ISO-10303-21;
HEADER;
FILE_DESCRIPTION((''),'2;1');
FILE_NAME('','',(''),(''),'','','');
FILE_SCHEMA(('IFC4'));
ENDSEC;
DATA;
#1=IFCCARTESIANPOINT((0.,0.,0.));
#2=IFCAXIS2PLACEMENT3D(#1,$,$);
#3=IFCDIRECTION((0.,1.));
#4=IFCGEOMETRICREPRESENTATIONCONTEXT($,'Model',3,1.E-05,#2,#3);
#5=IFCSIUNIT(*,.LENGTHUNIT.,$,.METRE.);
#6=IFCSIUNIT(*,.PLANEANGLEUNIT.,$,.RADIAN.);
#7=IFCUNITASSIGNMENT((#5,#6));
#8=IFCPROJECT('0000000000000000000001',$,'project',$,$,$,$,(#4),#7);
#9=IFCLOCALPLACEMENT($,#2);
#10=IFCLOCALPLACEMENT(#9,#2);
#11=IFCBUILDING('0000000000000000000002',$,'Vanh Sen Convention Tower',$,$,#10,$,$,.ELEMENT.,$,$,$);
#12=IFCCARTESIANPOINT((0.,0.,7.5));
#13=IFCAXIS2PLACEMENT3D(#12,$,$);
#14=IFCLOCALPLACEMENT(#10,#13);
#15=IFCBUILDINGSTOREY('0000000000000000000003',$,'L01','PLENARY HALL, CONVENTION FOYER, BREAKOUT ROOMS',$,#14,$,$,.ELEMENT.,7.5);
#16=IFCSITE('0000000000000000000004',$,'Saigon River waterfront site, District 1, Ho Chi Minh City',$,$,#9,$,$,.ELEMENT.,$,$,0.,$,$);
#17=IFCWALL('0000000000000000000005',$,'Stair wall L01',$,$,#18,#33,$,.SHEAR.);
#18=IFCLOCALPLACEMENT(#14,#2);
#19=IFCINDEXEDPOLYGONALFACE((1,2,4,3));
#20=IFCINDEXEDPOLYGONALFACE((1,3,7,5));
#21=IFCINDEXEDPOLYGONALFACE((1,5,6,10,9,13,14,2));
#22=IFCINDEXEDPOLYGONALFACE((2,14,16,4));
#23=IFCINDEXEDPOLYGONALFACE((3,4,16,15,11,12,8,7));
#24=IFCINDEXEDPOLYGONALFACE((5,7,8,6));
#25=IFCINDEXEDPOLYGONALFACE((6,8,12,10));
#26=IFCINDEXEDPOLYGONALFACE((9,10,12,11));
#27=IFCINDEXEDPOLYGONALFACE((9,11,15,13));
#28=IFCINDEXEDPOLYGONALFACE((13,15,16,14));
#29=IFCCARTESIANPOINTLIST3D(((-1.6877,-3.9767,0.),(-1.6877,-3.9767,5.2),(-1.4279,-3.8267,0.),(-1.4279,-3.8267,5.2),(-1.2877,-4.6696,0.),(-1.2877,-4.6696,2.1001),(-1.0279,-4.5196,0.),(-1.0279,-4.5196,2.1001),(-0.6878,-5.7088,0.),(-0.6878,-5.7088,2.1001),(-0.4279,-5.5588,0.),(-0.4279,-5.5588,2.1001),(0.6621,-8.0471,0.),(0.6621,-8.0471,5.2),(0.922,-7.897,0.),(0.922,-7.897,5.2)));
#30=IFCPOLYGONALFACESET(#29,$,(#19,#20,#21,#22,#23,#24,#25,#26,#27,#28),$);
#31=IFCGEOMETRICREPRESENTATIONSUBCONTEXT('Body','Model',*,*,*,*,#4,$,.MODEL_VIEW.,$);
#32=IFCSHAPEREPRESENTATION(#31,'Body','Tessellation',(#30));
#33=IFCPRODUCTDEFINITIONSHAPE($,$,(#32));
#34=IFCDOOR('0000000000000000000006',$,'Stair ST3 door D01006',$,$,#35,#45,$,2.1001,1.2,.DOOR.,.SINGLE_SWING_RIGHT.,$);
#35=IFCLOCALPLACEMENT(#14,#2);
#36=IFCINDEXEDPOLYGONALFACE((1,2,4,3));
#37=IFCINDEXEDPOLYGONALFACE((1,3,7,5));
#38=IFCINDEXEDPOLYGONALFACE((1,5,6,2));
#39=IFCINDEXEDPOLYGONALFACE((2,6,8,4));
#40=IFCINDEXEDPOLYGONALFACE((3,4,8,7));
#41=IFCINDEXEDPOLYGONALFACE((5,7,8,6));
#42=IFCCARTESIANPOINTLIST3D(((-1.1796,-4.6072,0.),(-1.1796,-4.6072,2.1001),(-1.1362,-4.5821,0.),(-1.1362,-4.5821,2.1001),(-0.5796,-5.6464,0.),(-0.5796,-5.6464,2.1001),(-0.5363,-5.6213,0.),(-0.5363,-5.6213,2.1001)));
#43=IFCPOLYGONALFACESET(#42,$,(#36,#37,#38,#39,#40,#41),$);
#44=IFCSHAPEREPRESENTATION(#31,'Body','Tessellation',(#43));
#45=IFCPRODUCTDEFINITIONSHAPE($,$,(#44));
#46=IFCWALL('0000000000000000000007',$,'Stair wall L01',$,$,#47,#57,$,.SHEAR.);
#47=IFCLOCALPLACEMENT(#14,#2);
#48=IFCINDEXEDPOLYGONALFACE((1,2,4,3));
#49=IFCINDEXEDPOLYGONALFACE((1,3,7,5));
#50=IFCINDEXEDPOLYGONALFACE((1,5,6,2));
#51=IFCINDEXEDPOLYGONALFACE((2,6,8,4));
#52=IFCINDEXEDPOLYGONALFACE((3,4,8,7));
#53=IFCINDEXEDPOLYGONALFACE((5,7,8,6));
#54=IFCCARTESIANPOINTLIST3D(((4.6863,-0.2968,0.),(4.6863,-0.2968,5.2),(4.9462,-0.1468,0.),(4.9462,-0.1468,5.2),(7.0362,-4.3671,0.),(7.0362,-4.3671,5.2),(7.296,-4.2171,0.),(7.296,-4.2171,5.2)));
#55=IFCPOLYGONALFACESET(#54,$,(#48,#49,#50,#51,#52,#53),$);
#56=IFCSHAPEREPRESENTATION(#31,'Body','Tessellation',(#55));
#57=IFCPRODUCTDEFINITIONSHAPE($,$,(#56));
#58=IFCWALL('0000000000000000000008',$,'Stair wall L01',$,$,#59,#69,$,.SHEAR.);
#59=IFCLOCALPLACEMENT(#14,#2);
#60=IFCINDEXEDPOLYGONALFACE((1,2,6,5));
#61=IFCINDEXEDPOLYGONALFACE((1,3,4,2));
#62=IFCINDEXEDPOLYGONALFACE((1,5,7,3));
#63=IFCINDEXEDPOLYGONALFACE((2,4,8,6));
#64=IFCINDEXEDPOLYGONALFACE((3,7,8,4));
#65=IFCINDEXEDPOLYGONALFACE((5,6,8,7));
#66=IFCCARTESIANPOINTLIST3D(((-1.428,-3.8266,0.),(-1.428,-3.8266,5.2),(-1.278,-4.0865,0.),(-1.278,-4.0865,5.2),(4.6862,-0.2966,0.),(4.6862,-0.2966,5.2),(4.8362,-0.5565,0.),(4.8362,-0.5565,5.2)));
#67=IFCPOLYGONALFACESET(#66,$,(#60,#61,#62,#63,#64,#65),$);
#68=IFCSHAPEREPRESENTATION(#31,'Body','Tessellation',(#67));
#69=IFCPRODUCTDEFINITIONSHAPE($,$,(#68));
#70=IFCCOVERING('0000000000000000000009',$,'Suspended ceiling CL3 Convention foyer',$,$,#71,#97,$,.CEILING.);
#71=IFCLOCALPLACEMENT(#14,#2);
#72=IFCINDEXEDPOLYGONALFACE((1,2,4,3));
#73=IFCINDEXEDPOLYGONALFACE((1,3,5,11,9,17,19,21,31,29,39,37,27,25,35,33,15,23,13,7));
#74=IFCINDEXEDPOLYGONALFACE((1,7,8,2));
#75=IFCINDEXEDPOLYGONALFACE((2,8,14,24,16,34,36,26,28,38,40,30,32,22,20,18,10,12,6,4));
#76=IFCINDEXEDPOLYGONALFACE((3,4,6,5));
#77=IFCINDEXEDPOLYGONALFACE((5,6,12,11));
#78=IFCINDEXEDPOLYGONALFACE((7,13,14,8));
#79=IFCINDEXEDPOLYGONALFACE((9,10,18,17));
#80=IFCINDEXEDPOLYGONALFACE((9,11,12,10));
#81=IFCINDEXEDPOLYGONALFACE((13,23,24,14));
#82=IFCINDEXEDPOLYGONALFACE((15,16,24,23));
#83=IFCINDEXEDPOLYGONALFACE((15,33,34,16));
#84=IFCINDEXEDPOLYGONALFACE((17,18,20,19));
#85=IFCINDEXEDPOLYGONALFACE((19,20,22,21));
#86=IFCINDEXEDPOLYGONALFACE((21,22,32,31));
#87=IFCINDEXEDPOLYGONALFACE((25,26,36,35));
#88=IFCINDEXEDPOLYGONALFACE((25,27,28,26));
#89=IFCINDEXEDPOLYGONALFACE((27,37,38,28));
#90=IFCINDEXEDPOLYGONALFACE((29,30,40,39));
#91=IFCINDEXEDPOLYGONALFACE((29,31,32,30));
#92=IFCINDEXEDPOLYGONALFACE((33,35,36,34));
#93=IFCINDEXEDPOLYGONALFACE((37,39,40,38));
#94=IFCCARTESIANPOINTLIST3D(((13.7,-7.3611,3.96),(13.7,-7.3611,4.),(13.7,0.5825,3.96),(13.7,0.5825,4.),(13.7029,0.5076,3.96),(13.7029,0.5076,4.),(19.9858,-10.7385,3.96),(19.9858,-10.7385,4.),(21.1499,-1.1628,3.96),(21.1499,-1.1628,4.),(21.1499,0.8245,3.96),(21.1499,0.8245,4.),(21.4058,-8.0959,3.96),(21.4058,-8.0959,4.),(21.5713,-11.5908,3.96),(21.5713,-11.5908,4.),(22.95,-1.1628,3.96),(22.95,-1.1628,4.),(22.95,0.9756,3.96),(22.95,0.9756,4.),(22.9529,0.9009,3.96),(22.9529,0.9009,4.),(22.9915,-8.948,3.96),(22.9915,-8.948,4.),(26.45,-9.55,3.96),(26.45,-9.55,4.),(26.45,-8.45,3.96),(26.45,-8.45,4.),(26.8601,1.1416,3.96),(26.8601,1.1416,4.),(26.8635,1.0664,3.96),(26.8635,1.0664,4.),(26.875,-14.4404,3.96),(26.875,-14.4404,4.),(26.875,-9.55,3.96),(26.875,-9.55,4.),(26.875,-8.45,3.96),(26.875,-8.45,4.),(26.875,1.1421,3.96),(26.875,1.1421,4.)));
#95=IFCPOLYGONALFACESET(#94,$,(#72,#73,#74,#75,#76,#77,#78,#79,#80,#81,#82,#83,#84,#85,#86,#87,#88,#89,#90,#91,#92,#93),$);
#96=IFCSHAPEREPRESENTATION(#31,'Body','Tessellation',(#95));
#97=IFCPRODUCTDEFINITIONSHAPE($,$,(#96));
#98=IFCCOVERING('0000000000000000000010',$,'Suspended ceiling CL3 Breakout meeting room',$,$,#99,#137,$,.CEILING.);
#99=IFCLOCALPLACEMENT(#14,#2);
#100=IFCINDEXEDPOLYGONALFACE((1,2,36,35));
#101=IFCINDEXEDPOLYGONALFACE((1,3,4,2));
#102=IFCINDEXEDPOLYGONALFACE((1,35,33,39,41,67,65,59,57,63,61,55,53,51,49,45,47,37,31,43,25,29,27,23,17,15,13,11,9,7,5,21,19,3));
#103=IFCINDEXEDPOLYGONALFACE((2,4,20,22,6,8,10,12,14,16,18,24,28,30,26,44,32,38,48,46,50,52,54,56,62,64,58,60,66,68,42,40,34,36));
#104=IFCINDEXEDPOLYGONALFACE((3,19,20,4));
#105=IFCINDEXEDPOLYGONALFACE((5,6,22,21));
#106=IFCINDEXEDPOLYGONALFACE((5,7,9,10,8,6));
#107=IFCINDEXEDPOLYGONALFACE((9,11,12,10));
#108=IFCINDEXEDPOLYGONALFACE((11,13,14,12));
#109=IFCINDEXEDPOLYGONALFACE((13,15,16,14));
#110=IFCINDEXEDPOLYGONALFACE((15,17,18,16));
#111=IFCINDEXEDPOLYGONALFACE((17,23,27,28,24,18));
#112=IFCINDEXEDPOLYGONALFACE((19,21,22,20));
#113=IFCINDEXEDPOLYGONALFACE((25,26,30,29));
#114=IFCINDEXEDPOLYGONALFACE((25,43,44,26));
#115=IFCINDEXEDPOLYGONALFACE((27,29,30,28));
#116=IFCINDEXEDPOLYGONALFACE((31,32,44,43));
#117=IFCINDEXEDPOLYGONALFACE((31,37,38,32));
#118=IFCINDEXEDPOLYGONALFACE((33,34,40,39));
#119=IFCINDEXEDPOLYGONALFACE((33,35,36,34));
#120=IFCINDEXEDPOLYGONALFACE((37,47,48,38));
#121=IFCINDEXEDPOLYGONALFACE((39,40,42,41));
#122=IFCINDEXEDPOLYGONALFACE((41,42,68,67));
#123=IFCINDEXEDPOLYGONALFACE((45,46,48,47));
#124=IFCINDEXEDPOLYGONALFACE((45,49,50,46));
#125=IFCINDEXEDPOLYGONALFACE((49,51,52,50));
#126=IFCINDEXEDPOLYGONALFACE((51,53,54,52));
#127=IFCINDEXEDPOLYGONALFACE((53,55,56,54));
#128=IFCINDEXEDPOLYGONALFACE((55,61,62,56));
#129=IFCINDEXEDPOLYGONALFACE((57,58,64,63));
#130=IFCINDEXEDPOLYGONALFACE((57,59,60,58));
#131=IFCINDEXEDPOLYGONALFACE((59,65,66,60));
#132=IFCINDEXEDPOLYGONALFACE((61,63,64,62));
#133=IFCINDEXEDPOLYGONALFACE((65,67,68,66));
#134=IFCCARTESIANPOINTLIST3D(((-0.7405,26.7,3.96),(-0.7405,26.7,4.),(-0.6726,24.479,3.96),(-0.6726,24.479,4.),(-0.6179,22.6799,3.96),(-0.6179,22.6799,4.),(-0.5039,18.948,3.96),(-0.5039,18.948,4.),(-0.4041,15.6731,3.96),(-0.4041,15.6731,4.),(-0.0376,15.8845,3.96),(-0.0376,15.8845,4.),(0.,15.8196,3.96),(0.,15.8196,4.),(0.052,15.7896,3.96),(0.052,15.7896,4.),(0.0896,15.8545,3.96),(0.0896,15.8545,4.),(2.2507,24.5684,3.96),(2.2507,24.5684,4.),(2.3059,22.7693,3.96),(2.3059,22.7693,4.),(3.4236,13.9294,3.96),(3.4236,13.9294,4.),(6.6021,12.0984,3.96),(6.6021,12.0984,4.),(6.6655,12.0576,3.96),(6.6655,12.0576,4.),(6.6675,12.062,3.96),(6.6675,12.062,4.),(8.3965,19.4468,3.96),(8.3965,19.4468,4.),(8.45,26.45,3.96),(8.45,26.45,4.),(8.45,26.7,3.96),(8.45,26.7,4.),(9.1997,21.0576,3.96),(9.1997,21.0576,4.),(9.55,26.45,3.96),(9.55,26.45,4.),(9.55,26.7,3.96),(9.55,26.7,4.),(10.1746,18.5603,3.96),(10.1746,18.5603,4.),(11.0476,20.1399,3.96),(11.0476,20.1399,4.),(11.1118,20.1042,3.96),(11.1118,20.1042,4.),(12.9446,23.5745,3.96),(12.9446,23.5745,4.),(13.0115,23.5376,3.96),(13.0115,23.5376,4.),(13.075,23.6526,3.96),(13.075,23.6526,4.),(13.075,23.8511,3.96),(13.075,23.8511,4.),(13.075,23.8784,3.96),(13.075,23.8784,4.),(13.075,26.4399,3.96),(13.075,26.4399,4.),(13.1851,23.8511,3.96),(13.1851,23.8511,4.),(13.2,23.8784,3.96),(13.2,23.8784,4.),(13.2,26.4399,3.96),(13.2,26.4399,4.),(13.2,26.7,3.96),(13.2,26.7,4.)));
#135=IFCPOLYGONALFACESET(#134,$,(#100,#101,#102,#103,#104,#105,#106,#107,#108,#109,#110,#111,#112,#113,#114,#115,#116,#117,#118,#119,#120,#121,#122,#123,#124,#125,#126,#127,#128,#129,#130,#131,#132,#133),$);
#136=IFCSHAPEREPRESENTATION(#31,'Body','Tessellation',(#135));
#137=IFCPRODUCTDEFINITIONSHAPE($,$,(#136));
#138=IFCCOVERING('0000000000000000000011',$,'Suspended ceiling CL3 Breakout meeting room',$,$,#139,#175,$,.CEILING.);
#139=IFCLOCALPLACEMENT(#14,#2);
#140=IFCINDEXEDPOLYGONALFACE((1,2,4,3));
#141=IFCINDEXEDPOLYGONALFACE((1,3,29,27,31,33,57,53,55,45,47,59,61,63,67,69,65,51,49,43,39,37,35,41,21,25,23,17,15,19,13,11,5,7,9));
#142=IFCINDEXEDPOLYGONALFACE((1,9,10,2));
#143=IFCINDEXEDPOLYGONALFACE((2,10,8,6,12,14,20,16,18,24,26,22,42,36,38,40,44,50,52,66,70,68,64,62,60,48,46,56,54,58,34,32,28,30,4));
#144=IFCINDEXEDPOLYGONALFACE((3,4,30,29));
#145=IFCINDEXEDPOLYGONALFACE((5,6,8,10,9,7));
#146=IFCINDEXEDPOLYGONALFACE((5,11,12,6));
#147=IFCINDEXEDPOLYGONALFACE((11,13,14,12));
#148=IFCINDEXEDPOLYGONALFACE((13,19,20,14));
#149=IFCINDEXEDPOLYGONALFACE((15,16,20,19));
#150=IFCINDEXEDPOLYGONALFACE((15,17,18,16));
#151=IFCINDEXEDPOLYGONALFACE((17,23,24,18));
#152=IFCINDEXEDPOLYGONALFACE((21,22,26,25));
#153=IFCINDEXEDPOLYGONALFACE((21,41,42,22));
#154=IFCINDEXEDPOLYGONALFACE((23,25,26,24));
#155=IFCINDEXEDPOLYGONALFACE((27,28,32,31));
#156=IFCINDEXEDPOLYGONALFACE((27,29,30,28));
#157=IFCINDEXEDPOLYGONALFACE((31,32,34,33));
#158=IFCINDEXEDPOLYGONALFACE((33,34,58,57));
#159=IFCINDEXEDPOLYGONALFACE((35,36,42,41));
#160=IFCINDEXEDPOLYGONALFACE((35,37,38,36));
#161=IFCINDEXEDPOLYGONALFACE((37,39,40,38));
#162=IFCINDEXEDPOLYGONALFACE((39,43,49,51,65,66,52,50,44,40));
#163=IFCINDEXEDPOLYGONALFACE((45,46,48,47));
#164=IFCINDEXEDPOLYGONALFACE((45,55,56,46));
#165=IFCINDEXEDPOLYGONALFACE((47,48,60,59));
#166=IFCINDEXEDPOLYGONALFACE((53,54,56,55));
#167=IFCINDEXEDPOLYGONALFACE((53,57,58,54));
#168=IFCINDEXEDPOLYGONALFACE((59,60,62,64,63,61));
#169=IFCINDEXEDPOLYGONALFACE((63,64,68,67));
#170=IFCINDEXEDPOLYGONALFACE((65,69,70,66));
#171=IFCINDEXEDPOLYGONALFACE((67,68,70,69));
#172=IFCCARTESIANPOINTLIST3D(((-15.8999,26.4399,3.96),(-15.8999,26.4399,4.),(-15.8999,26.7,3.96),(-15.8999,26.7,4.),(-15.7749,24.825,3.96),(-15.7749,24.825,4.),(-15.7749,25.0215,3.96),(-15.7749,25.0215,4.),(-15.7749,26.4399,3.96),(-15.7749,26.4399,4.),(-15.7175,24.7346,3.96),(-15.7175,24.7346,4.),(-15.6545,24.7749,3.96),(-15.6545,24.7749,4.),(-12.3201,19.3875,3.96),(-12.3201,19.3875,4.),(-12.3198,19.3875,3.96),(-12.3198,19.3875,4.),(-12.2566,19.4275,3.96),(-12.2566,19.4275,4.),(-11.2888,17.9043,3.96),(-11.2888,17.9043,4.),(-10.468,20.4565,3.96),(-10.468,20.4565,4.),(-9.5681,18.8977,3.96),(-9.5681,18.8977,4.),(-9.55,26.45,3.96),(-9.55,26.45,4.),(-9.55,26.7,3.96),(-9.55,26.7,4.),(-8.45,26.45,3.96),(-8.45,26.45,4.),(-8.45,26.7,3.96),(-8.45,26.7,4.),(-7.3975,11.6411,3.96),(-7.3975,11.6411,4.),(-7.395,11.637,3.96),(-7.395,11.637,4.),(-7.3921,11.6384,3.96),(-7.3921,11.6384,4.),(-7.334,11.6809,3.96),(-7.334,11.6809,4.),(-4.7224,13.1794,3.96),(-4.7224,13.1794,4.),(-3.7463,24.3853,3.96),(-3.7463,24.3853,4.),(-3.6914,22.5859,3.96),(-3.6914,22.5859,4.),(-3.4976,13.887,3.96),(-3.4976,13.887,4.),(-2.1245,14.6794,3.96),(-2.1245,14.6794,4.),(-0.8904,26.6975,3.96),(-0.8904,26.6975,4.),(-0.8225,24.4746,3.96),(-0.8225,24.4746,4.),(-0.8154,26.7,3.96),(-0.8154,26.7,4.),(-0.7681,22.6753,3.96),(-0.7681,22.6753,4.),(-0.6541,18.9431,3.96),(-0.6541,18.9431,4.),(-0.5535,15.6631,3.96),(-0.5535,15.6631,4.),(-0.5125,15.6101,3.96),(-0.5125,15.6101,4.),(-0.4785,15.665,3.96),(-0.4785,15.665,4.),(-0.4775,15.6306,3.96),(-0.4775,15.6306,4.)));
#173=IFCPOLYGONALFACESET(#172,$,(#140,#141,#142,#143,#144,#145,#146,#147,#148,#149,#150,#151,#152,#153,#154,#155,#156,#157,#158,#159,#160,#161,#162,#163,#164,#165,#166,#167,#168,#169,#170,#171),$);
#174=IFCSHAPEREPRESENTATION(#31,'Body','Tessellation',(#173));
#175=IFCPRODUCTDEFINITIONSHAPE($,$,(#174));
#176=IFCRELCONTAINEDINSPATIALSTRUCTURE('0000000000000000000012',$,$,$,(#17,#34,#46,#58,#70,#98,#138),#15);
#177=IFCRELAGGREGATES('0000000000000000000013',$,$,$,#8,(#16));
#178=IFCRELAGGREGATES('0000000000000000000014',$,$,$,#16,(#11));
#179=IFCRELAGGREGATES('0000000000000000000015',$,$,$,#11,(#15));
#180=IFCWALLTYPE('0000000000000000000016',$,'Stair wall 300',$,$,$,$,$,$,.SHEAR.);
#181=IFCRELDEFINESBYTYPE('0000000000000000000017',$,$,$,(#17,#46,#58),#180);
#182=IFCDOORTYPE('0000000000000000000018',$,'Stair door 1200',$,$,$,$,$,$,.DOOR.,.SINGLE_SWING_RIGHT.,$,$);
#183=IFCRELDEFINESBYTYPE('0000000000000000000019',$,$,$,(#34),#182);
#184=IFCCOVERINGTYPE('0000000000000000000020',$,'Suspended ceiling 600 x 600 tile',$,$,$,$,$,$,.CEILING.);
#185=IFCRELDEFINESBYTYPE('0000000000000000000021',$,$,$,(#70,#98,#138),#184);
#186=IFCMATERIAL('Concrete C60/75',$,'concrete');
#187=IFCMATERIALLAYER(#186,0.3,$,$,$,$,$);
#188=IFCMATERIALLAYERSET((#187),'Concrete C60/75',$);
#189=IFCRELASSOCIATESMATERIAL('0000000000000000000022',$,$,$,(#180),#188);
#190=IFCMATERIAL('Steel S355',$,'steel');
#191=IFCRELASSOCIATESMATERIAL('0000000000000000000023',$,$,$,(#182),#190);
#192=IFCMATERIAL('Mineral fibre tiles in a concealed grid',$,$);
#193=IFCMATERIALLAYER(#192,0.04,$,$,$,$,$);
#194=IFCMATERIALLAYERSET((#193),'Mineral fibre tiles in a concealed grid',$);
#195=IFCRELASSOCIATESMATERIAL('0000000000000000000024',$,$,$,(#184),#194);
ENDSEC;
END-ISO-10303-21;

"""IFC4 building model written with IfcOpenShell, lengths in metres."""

from ifc_helpers import new_model, si_unit, direction, frame, frame_2d, origin, place, context, subcontext, project, spatial, polyline, rectangle, outline, extrude, material, layer, layer_set, type_object, element, fill, save


model = new_model("IFC4")

# Units and contexts
model_context = context("Model", 3, precision=1e-05, world=origin(), true_north=direction((0.0, 1.0)))
body_context = subcontext(model_context, "Body", "Model", "MODEL_VIEW")
ifc_project = project(units=[si_unit("LENGTHUNIT", "METRE"), si_unit("PLANEANGLEUNIT", "RADIAN")], contexts=[model_context])

# Site, building, storey
site_placement = place(None, origin())
site = spatial("IfcSite", under=ifc_project, at=site_placement, Name="Saigon River waterfront site, District 1, Ho Chi Minh City", CompositionType="ELEMENT", RefElevation=0.0)
building_placement = place(site_placement, origin())
building = spatial("IfcBuilding", under=site, at=building_placement, Name="Vanh Sen Convention Tower", CompositionType="ELEMENT")
storey_placement = place(building_placement, frame((0.0, 0.0, 7.5)))
storey = spatial("IfcBuildingStorey", under=building, at=storey_placement, Name="L01", Description="PLENARY HALL, CONVENTION FOYER, BREAKOUT ROOMS", CompositionType="ELEMENT", Elevation=7.5)

# Shared definitions
ifc_material_1 = material(Name="Steel S355", Category="steel")

# Shared definitions
ifc_material_2 = material(Name="Concrete C60/75", Category="concrete")
ifc_layer_1 = layer(ifc_material_2, 0.3)
ifc_layer_set_1 = layer_set([ifc_layer_1], Name="Concrete C60/75")
wall_type_1 = type_object("IfcWallType", Name="Stair wall 300", PredefinedType="SHEAR", material=ifc_layer_set_1)

# Wall, opening, door
wall_1_placement = place(storey_placement, frame((-1.5579, -3.9016, 0.0), z_axis=(0.0, 0.0, 1.0), x_axis=(0.499977, -0.866039, 0.0)))
wall_1 = element("IfcWall", 1, at=wall_1_placement, inside=storey, type_object=wall_type_1, Name="Stair wall L01", PredefinedType="SHEAR", context=body_context, shape_type="SweptSolid", body=[
    extrude(rectangle(XDim=4.7, YDim=0.3, at=frame_2d((2.3501, 0.0))), origin(), (0.0, 0.0, 1.0), 5.2),
])
opening_1_placement = place(wall_1_placement, frame((0.8, 0.0, 0.0)))
opening_1 = element("IfcOpeningElement", 2, at=opening_1_placement, cuts=wall_1, PredefinedType="OPENING", context=body_context, shape_type="SweptSolid", body=[
    extrude(rectangle(XDim=1.2, YDim=2.1001, at=frame_2d((0.6001, 1.05))), frame((0.0, 0.1599, 0.0), z_axis=(0.0, -1.0, 0.0), x_axis=(1.0, 0.0, 0.0)), (0.0, 0.0, 1.0), 0.3201),
])
door_type_1 = type_object("IfcDoorType", Name="Stair door 1200", OperationType="SINGLE_SWING_RIGHT", PredefinedType="DOOR", material=ifc_material_1)
door_1_placement = place(opening_1_placement, origin())
door_1 = element("IfcDoor", 3, at=door_1_placement, inside=storey, type_object=door_type_1, Name="Stair ST3 door D01006", OperationType="SINGLE_SWING_RIGHT", OverallHeight=2.1001, OverallWidth=1.2, PredefinedType="DOOR", context=body_context, shape_type="SweptSolid", body=[
    extrude(rectangle(XDim=1.2, YDim=2.1001, at=frame_2d((0.6001, 1.05))), frame((0.0, 0.0249, 0.0), z_axis=(0.0, -1.0, 0.0), x_axis=(1.0, 0.0, 0.0)), (0.0, 0.0, 1.0), 0.05),
])
fill(opening_1, door_1)

# Walls
wall_2_placement = place(storey_placement, frame((4.8162, -0.2217, 0.0), z_axis=(0.0, 0.0, 1.0), x_axis=(0.499977, -0.866039, 0.0)))
element("IfcWall", 4, at=wall_2_placement, inside=storey, type_object=wall_type_1, Name="Stair wall L01", PredefinedType="SHEAR", context=body_context, shape_type="SweptSolid", body=[
    extrude(rectangle(XDim=4.7, YDim=0.3, at=frame_2d((2.3501, 0.0))), origin(), (0.0, 0.0, 1.0), 5.2),
])
wall_3_placement = place(storey_placement, frame((-1.353, -3.9565, 0.0), z_axis=(0.0, 0.0, 1.0), x_axis=(0.866028, 0.499996, 0.0)))
element("IfcWall", 5, at=wall_3_placement, inside=storey, type_object=wall_type_1, Name="Stair wall L01", PredefinedType="SHEAR", context=body_context, shape_type="SweptSolid", body=[
    extrude(rectangle(XDim=7.0601, YDim=0.3, at=frame_2d((3.53, 0.0))), origin(), (0.0, 0.0, 1.0), 5.2),
])

# Coverings
ifc_material_3 = material(Name="Mineral fibre tiles in a concealed grid")
ifc_layer_2 = layer(ifc_material_3, 0.04)
ifc_layer_set_2 = layer_set([ifc_layer_2], Name="Mineral fibre tiles in a concealed grid")
covering_type = type_object("IfcCoveringType", Name="Suspended ceiling 600 x 600 tile", PredefinedType="CEILING", material=ifc_layer_set_2)
covering_1_placement = place(storey_placement, frame((0.0, 0.0, 3.96)))
element("IfcCovering", 6, at=covering_1_placement, inside=storey, type_object=covering_type, Name="Suspended ceiling CL3 Convention foyer", PredefinedType="CEILING", context=body_context, shape_type="SweptSolid", body=[
    extrude(outline(polyline([(13.7, 0.5825), (13.7, -7.3611), (19.9858, -10.7385), (21.4058, -8.0959), (22.9915, -8.948), (21.5713, -11.5908), (26.875, -14.4404), (26.875, -9.55), (26.45, -9.55), (26.45, -8.45), (26.875, -8.45), (26.875, 1.1421), (26.8601, 1.1416), (26.8635, 1.0664), (22.9529, 0.9009), (22.95, 0.9756), (22.95, -1.1628), (21.1499, -1.1628), (21.1499, 0.8245), (13.7029, 0.5076), (13.7, 0.5825)])), origin(), (0.0, 0.0, 1.0), 0.04),
])
covering_2_placement = place(storey_placement, frame((0.0, 0.0, 3.96)))
element("IfcCovering", 7, at=covering_2_placement, inside=storey, type_object=covering_type, Name="Suspended ceiling CL3 Breakout meeting room", PredefinedType="CEILING", context=body_context, shape_type="SweptSolid", body=[
    extrude(outline(polyline([(10.1746, 18.5603), (8.3965, 19.4468), (9.1997, 21.0576), (11.1118, 20.1042), (11.0476, 20.1399), (12.9446, 23.5745), (13.0115, 23.5376), (13.075, 23.6526), (13.075, 23.8511), (13.1851, 23.8511), (13.2, 23.8784), (13.075, 23.8784), (13.075, 26.4399), (13.2, 26.4399), (13.2, 26.7), (9.55, 26.7), (9.55, 26.45), (8.45, 26.45), (8.45, 26.7), (-0.7405, 26.7), (-0.6726, 24.479), (2.2507, 24.5684), (2.3059, 22.7693), (-0.6179, 22.6799), (-0.5039, 18.948), (-0.4041, 15.6731), (-0.0376, 15.8845), (0.0, 15.8196), (0.052, 15.7896), (0.0896, 15.8545), (3.4236, 13.9294), (6.6655, 12.0576), (6.6675, 12.062), (6.6021, 12.0984), (10.1746, 18.5603)])), origin(), (0.0, 0.0, 1.0), 0.04),
])
covering_3_placement = place(storey_placement, frame((0.0, 0.0, 3.96)))
element("IfcCovering", 8, at=covering_3_placement, inside=storey, type_object=covering_type, Name="Suspended ceiling CL3 Breakout meeting room", PredefinedType="CEILING", context=body_context, shape_type="SweptSolid", body=[
    extrude(outline(polyline([(-0.5125, 15.6101), (-0.4775, 15.6306), (-0.4785, 15.665), (-0.5535, 15.6631), (-0.6541, 18.9431), (-0.7681, 22.6753), (-3.6914, 22.5859), (-3.7463, 24.3853), (-0.8225, 24.4746), (-0.8904, 26.6975), (-0.8154, 26.7), (-8.45, 26.7), (-8.45, 26.45), (-9.55, 26.45), (-9.55, 26.7), (-15.8999, 26.7), (-15.8999, 26.4399), (-15.7749, 26.4399), (-15.7749, 25.0215), (-15.7749, 24.825), (-15.7175, 24.7346), (-15.6545, 24.7749), (-12.2566, 19.4275), (-12.3201, 19.3875), (-12.3198, 19.3875), (-10.468, 20.4565), (-9.5681, 18.8977), (-11.2888, 17.9043), (-7.334, 11.6809), (-7.3975, 11.6411), (-7.395, 11.637), (-7.3921, 11.6384), (-4.7224, 13.1794), (-3.4976, 13.887), (-2.1245, 14.6794), (-0.5125, 15.6101)])), origin(), (0.0, 0.0, 1.0), 0.04),
])

save(model, "model.ifc")
